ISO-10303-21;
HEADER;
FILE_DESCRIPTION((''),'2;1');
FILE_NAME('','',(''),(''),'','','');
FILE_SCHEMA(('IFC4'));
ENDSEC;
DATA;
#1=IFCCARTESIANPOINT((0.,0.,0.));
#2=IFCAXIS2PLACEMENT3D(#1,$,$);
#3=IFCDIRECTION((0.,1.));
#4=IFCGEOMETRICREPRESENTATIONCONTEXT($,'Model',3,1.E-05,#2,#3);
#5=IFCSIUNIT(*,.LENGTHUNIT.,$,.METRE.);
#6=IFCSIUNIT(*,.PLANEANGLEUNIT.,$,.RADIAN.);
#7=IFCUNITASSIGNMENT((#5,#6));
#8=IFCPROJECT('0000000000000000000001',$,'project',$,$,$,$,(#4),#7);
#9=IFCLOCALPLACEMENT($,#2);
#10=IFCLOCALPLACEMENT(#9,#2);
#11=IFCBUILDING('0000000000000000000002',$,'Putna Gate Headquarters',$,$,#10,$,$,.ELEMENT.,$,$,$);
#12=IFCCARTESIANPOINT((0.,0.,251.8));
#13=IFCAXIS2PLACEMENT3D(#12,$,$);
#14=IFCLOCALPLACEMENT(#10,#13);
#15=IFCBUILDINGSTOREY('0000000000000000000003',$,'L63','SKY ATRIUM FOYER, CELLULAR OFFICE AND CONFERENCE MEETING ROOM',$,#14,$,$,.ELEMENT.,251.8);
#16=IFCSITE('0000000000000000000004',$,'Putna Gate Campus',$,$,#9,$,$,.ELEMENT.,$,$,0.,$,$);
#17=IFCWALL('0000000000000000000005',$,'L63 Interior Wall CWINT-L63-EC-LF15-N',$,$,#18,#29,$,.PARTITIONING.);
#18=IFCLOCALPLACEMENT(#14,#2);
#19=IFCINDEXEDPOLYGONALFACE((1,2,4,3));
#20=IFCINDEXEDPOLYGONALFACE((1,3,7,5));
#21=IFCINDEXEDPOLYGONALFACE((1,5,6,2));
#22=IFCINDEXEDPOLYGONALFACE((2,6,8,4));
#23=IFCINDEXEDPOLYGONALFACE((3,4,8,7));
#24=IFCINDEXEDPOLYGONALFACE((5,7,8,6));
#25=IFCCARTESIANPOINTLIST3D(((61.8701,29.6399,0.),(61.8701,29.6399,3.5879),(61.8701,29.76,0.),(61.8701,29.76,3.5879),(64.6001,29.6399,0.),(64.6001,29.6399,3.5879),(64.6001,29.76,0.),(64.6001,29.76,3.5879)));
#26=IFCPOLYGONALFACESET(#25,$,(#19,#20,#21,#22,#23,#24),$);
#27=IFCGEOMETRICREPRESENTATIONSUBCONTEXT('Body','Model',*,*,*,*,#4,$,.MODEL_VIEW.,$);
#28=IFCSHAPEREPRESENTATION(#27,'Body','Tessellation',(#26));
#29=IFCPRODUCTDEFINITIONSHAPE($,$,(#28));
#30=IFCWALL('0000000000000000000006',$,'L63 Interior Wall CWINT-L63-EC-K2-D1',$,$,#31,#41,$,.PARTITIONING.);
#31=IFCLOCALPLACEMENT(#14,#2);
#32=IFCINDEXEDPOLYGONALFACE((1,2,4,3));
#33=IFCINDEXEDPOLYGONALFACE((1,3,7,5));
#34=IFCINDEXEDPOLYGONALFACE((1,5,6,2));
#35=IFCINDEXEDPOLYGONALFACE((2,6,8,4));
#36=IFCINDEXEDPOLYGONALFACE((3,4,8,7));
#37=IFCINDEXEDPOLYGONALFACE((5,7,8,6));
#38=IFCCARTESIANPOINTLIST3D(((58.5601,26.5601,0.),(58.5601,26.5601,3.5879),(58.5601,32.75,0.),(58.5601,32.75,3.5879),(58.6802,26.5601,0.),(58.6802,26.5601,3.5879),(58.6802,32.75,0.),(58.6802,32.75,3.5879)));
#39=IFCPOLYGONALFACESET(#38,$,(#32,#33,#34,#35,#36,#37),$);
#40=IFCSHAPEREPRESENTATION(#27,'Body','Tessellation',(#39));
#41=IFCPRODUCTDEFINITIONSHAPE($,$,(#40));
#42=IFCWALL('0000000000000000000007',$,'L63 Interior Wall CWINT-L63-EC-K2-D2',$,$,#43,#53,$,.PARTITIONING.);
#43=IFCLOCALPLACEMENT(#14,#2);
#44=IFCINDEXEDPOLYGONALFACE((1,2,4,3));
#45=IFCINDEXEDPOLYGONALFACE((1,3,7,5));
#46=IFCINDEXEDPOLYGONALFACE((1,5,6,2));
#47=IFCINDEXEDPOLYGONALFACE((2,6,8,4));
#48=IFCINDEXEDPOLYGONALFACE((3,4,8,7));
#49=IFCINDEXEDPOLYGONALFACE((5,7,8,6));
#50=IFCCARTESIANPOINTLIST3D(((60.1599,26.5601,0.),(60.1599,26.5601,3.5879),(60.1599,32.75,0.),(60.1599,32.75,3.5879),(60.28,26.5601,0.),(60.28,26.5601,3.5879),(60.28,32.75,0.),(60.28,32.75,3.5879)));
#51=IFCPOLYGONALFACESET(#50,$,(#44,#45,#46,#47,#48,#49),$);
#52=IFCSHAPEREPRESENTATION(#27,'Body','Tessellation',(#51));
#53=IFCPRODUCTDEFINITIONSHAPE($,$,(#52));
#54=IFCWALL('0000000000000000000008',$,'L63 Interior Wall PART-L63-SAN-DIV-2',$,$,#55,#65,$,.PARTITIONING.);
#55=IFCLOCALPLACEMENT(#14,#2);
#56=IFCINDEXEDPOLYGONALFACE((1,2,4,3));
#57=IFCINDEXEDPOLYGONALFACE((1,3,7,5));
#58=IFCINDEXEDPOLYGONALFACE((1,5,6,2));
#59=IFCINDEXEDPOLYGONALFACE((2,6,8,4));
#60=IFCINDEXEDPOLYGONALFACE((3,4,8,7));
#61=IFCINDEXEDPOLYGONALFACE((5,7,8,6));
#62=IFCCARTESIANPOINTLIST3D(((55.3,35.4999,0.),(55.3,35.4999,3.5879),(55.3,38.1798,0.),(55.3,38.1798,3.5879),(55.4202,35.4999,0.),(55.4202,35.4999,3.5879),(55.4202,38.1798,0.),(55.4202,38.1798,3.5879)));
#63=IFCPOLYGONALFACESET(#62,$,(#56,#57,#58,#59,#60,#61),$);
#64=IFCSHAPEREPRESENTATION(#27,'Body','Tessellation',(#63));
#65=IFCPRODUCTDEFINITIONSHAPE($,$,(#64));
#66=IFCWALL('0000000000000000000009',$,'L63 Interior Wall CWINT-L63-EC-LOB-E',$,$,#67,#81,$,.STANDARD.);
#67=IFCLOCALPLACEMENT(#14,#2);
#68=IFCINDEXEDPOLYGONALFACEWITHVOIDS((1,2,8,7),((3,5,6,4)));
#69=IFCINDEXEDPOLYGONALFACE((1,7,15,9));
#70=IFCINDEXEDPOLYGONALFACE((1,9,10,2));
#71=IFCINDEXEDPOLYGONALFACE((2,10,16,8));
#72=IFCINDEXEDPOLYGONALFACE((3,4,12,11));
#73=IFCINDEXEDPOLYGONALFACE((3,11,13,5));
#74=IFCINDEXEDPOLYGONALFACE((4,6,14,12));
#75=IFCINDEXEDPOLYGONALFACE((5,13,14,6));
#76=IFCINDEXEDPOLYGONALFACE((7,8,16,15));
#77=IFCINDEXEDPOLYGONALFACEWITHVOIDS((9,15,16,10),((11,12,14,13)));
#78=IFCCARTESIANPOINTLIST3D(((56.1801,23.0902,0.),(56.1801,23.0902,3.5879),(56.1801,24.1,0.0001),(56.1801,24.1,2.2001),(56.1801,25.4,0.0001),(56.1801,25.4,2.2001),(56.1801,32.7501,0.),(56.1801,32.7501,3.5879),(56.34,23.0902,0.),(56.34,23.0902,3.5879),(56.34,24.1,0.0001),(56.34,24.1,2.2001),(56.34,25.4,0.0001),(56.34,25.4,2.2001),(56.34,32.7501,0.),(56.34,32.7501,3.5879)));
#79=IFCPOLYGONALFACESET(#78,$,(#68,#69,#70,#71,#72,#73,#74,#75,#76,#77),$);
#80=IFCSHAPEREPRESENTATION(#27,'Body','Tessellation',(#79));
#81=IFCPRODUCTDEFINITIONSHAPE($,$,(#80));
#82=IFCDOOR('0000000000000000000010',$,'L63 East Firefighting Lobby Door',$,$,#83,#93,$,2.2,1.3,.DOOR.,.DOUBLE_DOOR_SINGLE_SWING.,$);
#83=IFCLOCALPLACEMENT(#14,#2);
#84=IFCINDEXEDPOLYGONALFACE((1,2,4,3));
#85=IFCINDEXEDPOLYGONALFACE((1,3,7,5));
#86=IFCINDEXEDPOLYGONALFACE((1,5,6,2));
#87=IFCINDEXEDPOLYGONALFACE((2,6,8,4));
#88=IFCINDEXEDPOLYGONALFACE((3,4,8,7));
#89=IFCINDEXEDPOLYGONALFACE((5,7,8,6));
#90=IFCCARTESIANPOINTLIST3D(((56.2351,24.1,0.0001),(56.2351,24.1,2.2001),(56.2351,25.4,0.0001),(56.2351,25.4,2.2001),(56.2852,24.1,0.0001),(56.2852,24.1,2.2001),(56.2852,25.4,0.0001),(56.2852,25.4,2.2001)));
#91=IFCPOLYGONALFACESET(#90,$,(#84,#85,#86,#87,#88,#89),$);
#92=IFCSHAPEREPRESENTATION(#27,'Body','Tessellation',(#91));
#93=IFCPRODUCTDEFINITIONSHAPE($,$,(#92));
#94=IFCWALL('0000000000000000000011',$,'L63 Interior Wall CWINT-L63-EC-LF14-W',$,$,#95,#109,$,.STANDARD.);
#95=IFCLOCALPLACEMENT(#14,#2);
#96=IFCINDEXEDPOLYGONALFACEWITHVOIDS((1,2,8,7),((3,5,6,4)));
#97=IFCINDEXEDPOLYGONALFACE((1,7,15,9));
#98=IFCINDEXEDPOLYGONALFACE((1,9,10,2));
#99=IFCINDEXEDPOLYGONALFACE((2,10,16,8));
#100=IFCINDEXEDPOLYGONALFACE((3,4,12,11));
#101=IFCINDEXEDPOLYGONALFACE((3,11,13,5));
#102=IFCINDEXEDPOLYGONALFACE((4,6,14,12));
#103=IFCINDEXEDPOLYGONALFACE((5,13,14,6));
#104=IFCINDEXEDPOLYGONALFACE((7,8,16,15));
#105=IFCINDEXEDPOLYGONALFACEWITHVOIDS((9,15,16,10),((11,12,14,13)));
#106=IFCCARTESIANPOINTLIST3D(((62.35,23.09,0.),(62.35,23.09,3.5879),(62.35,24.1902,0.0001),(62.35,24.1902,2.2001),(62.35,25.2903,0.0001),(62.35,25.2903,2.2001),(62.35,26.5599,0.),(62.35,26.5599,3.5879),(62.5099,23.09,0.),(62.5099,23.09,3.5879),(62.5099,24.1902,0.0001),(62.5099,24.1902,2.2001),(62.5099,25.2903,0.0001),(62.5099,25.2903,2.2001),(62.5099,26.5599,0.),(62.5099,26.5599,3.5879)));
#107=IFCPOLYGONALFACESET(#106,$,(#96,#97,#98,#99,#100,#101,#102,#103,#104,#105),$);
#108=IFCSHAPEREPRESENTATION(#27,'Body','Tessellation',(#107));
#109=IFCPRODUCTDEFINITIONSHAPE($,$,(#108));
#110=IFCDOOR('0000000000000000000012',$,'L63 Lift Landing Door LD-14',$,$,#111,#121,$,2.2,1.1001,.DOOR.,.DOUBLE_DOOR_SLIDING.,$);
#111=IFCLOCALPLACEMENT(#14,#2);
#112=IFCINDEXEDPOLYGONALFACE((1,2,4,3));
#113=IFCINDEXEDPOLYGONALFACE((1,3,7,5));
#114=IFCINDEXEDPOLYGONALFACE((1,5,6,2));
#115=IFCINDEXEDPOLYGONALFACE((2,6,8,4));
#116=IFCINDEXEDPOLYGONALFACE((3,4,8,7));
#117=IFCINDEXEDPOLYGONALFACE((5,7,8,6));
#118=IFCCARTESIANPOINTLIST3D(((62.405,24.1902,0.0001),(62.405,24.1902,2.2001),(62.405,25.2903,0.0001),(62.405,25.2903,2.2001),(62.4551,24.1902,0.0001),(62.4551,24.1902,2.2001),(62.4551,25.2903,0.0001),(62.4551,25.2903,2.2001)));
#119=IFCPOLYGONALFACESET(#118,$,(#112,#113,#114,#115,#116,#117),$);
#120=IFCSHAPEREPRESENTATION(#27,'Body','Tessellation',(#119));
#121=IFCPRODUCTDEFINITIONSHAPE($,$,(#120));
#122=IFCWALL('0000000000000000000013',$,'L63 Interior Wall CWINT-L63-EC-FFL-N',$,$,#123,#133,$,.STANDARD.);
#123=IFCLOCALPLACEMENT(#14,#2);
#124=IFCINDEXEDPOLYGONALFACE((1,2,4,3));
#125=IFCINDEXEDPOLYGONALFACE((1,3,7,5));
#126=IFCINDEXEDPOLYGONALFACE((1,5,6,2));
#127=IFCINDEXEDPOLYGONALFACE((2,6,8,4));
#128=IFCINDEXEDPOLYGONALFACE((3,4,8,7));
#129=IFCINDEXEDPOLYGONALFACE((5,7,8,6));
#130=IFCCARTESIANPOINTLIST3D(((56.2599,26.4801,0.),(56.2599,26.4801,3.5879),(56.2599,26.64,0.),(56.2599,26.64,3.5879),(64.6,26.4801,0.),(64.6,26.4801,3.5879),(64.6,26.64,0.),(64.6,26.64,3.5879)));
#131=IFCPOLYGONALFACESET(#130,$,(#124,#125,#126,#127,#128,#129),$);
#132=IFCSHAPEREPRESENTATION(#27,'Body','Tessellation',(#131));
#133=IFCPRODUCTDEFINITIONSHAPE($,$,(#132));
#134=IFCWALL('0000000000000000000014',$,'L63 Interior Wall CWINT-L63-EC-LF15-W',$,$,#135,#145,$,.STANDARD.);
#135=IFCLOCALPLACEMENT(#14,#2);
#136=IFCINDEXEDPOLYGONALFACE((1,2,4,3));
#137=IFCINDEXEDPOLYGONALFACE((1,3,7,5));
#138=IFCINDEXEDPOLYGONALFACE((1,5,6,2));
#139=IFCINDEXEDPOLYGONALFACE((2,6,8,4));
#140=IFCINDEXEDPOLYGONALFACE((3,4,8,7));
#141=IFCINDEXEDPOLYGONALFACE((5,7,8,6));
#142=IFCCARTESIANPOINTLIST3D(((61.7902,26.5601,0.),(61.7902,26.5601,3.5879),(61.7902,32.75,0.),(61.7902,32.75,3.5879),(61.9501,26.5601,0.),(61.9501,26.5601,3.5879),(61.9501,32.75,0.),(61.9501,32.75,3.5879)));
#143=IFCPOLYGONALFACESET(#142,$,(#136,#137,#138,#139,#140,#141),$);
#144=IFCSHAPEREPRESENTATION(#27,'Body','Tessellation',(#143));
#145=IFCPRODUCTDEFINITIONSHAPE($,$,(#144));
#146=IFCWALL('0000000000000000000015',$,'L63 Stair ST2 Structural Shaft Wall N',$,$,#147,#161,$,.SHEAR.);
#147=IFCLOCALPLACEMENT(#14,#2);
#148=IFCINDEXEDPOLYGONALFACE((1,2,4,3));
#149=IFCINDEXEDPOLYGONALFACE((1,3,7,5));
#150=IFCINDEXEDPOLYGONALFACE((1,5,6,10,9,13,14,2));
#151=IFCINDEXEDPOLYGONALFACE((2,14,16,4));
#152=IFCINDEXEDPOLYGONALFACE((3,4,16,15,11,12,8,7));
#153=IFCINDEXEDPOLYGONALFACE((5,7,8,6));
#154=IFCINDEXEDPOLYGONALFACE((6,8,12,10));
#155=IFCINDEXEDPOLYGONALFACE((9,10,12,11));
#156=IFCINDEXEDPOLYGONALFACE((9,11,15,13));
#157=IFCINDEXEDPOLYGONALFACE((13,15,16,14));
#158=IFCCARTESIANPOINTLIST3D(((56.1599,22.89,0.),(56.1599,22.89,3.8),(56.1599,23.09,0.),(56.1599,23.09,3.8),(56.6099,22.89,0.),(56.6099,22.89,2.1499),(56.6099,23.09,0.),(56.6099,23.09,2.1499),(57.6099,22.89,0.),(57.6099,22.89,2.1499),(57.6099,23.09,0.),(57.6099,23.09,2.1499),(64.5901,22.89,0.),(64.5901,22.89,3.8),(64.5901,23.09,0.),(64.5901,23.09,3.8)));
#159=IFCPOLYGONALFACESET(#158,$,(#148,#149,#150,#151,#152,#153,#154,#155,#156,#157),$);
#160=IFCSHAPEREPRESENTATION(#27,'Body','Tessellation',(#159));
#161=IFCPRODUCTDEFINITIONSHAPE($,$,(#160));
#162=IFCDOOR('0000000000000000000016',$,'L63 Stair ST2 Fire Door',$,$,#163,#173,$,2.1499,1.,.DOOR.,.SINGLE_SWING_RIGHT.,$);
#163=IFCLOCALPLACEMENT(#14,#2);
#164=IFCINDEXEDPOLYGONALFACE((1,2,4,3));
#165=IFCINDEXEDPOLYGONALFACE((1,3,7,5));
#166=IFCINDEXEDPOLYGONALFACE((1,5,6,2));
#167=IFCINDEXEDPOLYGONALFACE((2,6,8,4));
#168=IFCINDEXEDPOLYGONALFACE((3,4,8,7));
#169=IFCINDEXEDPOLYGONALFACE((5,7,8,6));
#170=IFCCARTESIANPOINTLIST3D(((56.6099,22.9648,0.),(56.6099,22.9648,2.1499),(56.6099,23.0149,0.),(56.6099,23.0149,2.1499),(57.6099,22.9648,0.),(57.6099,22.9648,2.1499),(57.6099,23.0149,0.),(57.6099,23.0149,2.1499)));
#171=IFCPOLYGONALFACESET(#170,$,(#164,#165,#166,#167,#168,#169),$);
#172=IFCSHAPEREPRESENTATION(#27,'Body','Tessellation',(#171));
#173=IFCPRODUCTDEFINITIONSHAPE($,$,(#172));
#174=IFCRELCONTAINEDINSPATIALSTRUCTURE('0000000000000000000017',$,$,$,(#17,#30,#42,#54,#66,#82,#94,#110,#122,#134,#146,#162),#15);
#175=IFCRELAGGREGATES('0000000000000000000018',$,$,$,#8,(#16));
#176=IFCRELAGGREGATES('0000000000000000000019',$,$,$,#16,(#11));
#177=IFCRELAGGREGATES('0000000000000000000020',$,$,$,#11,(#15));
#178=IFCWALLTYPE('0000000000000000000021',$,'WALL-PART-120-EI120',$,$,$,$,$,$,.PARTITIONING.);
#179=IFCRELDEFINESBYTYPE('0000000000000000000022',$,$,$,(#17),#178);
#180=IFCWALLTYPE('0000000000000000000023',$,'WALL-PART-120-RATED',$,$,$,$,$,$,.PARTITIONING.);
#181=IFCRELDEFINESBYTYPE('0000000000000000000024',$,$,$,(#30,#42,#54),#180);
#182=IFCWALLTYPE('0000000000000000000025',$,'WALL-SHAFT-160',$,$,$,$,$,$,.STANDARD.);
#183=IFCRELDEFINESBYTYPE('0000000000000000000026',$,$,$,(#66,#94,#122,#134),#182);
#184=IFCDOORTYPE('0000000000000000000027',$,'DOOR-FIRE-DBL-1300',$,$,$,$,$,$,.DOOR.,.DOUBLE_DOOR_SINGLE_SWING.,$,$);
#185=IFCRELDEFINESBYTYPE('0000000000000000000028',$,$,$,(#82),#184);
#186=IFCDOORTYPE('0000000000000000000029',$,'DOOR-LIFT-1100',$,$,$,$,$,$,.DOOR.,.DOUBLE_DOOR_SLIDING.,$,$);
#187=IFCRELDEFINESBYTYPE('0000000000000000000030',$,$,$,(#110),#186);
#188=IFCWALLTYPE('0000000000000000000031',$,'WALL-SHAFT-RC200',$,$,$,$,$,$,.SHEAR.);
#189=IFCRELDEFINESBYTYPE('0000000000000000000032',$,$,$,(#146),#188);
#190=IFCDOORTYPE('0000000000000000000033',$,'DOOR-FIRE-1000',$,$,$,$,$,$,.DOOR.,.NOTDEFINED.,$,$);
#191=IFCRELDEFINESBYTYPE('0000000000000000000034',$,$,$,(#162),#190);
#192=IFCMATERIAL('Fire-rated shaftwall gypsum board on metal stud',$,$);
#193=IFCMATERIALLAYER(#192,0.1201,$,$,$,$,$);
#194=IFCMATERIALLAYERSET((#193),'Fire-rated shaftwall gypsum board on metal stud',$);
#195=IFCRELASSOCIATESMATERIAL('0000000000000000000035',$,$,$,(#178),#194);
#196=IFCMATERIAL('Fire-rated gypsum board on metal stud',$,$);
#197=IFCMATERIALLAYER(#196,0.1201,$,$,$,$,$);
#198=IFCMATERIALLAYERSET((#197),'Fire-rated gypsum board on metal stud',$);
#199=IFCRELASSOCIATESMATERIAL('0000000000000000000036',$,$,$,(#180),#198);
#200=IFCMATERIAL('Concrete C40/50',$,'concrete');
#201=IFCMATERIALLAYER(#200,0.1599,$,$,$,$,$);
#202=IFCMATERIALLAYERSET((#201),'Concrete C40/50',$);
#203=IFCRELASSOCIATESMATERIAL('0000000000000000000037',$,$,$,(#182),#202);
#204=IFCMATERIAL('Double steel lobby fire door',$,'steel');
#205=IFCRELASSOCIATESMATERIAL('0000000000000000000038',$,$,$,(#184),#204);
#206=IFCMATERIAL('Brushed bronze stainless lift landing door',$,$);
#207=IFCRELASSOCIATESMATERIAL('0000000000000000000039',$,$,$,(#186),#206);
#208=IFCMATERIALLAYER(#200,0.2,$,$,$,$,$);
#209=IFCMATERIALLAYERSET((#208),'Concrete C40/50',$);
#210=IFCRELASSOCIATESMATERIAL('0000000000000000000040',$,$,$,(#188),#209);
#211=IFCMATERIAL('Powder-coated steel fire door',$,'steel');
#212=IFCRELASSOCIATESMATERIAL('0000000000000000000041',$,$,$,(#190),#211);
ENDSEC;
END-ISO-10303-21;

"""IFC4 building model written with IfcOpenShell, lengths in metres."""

from ifc_helpers import new_model, si_unit, direction, frame, frame_2d, origin, place, context, subcontext, project, spatial, rectangle, extrude, material, layer, layer_set, type_object, element, fill, save


model = new_model("IFC4")

# Units and contexts
model_context = context("Model", 3, precision=1e-05, world=origin(), true_north=direction((0.0, 1.0)))
body_context = subcontext(model_context, "Body", "Model", "MODEL_VIEW")
ifc_project = project(units=[si_unit("LENGTHUNIT", "METRE"), si_unit("PLANEANGLEUNIT", "RADIAN")], contexts=[model_context])

# Site, building, storey
site_placement = place(None, origin())
site = spatial("IfcSite", under=ifc_project, at=site_placement, Name="Putna Gate Campus", CompositionType="ELEMENT", RefElevation=0.0)
building_placement = place(site_placement, origin())
building = spatial("IfcBuilding", under=site, at=building_placement, Name="Putna Gate Headquarters", CompositionType="ELEMENT")
storey_placement = place(building_placement, frame((0.0, 0.0, 251.8)))
storey = spatial("IfcBuildingStorey", under=building, at=storey_placement, Name="L63", Description="SKY ATRIUM FOYER, CELLULAR OFFICE AND CONFERENCE MEETING ROOM", CompositionType="ELEMENT", Elevation=251.8)

# Walls
ifc_material_1 = material(Name="Fire-rated shaftwall gypsum board on metal stud")
ifc_layer_1 = layer(ifc_material_1, 0.1201)
ifc_layer_set_1 = layer_set([ifc_layer_1], Name="Fire-rated shaftwall gypsum board on metal stud")
wall_type_1 = type_object("IfcWallType", Name="WALL-PART-120-EI120", PredefinedType="PARTITIONING", material=ifc_layer_set_1)
wall_1_placement = place(storey_placement, frame((61.8701, 29.7, 0.0), z_axis=(0.0, 0.0, 1.0), x_axis=(1.0, 0.0, 0.0)))
element("IfcWall", 1, at=wall_1_placement, inside=storey, type_object=wall_type_1, Name="L63 Interior Wall CWINT-L63-EC-LF15-N", PredefinedType="PARTITIONING", context=body_context, shape_type="SweptSolid", body=[
    extrude(rectangle(XDim=2.73, YDim=0.1201, at=frame_2d((1.365, 0.0))), origin(), (0.0, 0.0, 1.0), 3.5879),
])
ifc_material_2 = material(Name="Fire-rated gypsum board on metal stud")
ifc_layer_2 = layer(ifc_material_2, 0.1201)
ifc_layer_set_2 = layer_set([ifc_layer_2], Name="Fire-rated gypsum board on metal stud")
wall_type_2 = type_object("IfcWallType", Name="WALL-PART-120-RATED", PredefinedType="PARTITIONING", material=ifc_layer_set_2)
for number, where, z_axis, x_axis, name in (
    (2, (58.6201, 26.5601, 0.0), (0.0, 0.0, 1.0), (0.0, 1.0, 0.0), "L63 Interior Wall CWINT-L63-EC-K2-D1"),
    (3, (60.22, 26.5601, 0.0), (0.0, 0.0, 1.0), (0.0, 1.0, 0.0), "L63 Interior Wall CWINT-L63-EC-K2-D2"),
):
    element("IfcWall", number, at=place(storey_placement, frame(where, z_axis=z_axis, x_axis=x_axis)), inside=storey, type_object=wall_type_2, Name=name, PredefinedType="PARTITIONING", context=body_context, shape_type="SweptSolid", body=[
        extrude(rectangle(XDim=6.1899, YDim=0.1201, at=frame_2d((3.095, 0.0))), origin(), (0.0, 0.0, 1.0), 3.5879),
    ])
wall_2_placement = place(storey_placement, frame((55.3601, 35.5, 0.0), z_axis=(0.0, 0.0, 1.0), x_axis=(0.0, 1.0, 0.0)))
element("IfcWall", 4, at=wall_2_placement, inside=storey, type_object=wall_type_2, Name="L63 Interior Wall PART-L63-SAN-DIV-2", PredefinedType="PARTITIONING", context=body_context, shape_type="SweptSolid", body=[
    extrude(rectangle(XDim=2.6799, YDim=0.1201, at=frame_2d((1.3398, 0.0))), origin(), (0.0, 0.0, 1.0), 3.5879),
])

# Walls, openings, doors
ifc_material_3 = material(Name="Concrete C40/50", Category="concrete")
ifc_layer_3 = layer(ifc_material_3, 0.1599)
ifc_layer_set_3 = layer_set([ifc_layer_3], Name="Concrete C40/50")
wall_type_3 = type_object("IfcWallType", Name="WALL-SHAFT-160", PredefinedType="STANDARD", material=ifc_layer_set_3)
wall_3_placement = place(storey_placement, frame((56.26, 23.0901, 0.0), z_axis=(0.0, 0.0, 1.0), x_axis=(0.0, 1.0, 0.0)))
wall_3 = element("IfcWall", 5, at=wall_3_placement, inside=storey, type_object=wall_type_3, Name="L63 Interior Wall CWINT-L63-EC-LOB-E", PredefinedType="STANDARD", context=body_context, shape_type="SweptSolid", body=[
    extrude(rectangle(XDim=9.6599, YDim=0.1599, at=frame_2d((4.8301, 0.0))), origin(), (0.0, 0.0, 1.0), 3.5879),
])
opening_1_placement = place(wall_3_placement, frame((1.01, 0.0, 0.0)))
opening_1 = element("IfcOpeningElement", 6, at=opening_1_placement, cuts=wall_3, PredefinedType="OPENING", context=body_context, shape_type="SweptSolid", body=[
    extrude(rectangle(XDim=1.3, YDim=2.2, at=frame_2d((0.6499, 1.1001))), frame((0.0, 0.0898, 0.0), z_axis=(0.0, -1.0, 0.0), x_axis=(1.0, 0.0, 0.0)), (0.0, 0.0, 1.0), 0.1799),
])
ifc_material_4 = material(Name="Double steel lobby fire door", Category="steel")
door_type_1 = type_object("IfcDoorType", Name="DOOR-FIRE-DBL-1300", OperationType="DOUBLE_DOOR_SINGLE_SWING", PredefinedType="DOOR", material=ifc_material_4)
door_1_placement = place(opening_1_placement, origin())
door_1 = element("IfcDoor", 7, at=door_1_placement, inside=storey, type_object=door_type_1, Name="L63 East Firefighting Lobby Door", OperationType="DOUBLE_DOOR_SINGLE_SWING", OverallHeight=2.2, OverallWidth=1.3, PredefinedType="DOOR", context=body_context, shape_type="SweptSolid", body=[
    extrude(rectangle(XDim=1.3, YDim=2.2, at=frame_2d((0.6499, 1.1001))), frame((0.0, 0.0249, 0.0), z_axis=(0.0, -1.0, 0.0), x_axis=(1.0, 0.0, 0.0)), (0.0, 0.0, 1.0), 0.05),
])
fill(opening_1, door_1)
wall_4_placement = place(storey_placement, frame((62.4299, 23.0901, 0.0), z_axis=(0.0, 0.0, 1.0), x_axis=(0.0, 1.0, 0.0)))
wall_4 = element("IfcWall", 8, at=wall_4_placement, inside=storey, type_object=wall_type_3, Name="L63 Interior Wall CWINT-L63-EC-LF14-W", PredefinedType="STANDARD", context=body_context, shape_type="SweptSolid", body=[
    extrude(rectangle(XDim=3.47, YDim=0.1599, at=frame_2d((1.7349, 0.0))), origin(), (0.0, 0.0, 1.0), 3.5879),
])
opening_2_placement = place(wall_4_placement, frame((1.1001, 0.0, 0.0)))
opening_2 = element("IfcOpeningElement", 9, at=opening_2_placement, cuts=wall_4, PredefinedType="OPENING", context=body_context, shape_type="SweptSolid", body=[
    extrude(rectangle(XDim=1.1001, YDim=2.2, at=frame_2d((0.55, 1.1001))), frame((0.0, 0.0898, 0.0), z_axis=(0.0, -1.0, 0.0), x_axis=(1.0, 0.0, 0.0)), (0.0, 0.0, 1.0), 0.1799),
])
ifc_material_5 = material(Name="Brushed bronze stainless lift landing door")
door_type_2 = type_object("IfcDoorType", Name="DOOR-LIFT-1100", OperationType="DOUBLE_DOOR_SLIDING", PredefinedType="DOOR", material=ifc_material_5)
door_2_placement = place(opening_2_placement, origin())
door_2 = element("IfcDoor", 10, at=door_2_placement, inside=storey, type_object=door_type_2, Name="L63 Lift Landing Door LD-14", OperationType="DOUBLE_DOOR_SLIDING", OverallHeight=2.2, OverallWidth=1.1001, PredefinedType="DOOR", context=body_context, shape_type="SweptSolid", body=[
    extrude(rectangle(XDim=1.1001, YDim=2.2, at=frame_2d((0.55, 1.1001))), frame((0.0, 0.0249, 0.0), z_axis=(0.0, -1.0, 0.0), x_axis=(1.0, 0.0, 0.0)), (0.0, 0.0, 1.0), 0.05),
])
fill(opening_2, door_2)

# Walls
wall_5_placement = place(storey_placement, frame((56.26, 26.5601, 0.0), z_axis=(0.0, 0.0, 1.0), x_axis=(1.0, 0.0, 0.0)))
element("IfcWall", 11, at=wall_5_placement, inside=storey, type_object=wall_type_3, Name="L63 Interior Wall CWINT-L63-EC-FFL-N", PredefinedType="STANDARD", context=body_context, shape_type="SweptSolid", body=[
    extrude(rectangle(XDim=8.3401, YDim=0.1599, at=frame_2d((4.1699, 0.0))), origin(), (0.0, 0.0, 1.0), 3.5879),
])
wall_6_placement = place(storey_placement, frame((61.8701, 26.5601, 0.0), z_axis=(0.0, 0.0, 1.0), x_axis=(0.0, 1.0, 0.0)))
element("IfcWall", 12, at=wall_6_placement, inside=storey, type_object=wall_type_3, Name="L63 Interior Wall CWINT-L63-EC-LF15-W", PredefinedType="STANDARD", context=body_context, shape_type="SweptSolid", body=[
    extrude(rectangle(XDim=6.1899, YDim=0.1599, at=frame_2d((3.095, 0.0))), origin(), (0.0, 0.0, 1.0), 3.5879),
])

# Wall, opening, door
ifc_layer_4 = layer(ifc_material_3, 0.2)
ifc_layer_set_4 = layer_set([ifc_layer_4], Name="Concrete C40/50")
wall_type_4 = type_object("IfcWallType", Name="WALL-SHAFT-RC200", PredefinedType="SHEAR", material=ifc_layer_set_4)
wall_7_placement = place(storey_placement, frame((56.1599, 22.99, 0.0), z_axis=(0.0, 0.0, 1.0), x_axis=(1.0, 0.0, 0.0)))
wall_7 = element("IfcWall", 13, at=wall_7_placement, inside=storey, type_object=wall_type_4, Name="L63 Stair ST2 Structural Shaft Wall N", PredefinedType="SHEAR", context=body_context, shape_type="SweptSolid", body=[
    extrude(rectangle(XDim=8.4302, YDim=0.2, at=frame_2d((4.2151, 0.0))), origin(), (0.0, 0.0, 1.0), 3.8),
])
opening_3_placement = place(wall_7_placement, frame((0.45, 0.0, 0.0)))
opening_3 = element("IfcOpeningElement", 14, at=opening_3_placement, cuts=wall_7, PredefinedType="OPENING", context=body_context, shape_type="SweptSolid", body=[
    extrude(rectangle(XDim=1.0, YDim=2.1499, at=frame_2d((0.5, 1.075))), frame((0.0, 0.1099, 0.0), z_axis=(0.0, -1.0, 0.0), x_axis=(1.0, 0.0, 0.0)), (0.0, 0.0, 1.0), 0.22),
])
ifc_material_6 = material(Name="Powder-coated steel fire door", Category="steel")
door_type_3 = type_object("IfcDoorType", Name="DOOR-FIRE-1000", OperationType="NOTDEFINED", PredefinedType="DOOR", material=ifc_material_6)
door_3_placement = place(opening_3_placement, origin())
door_3 = element("IfcDoor", 15, at=door_3_placement, inside=storey, type_object=door_type_3, Name="L63 Stair ST2 Fire Door", OperationType="SINGLE_SWING_RIGHT", OverallHeight=2.1499, OverallWidth=1.0, PredefinedType="DOOR", context=body_context, shape_type="SweptSolid", body=[
    extrude(rectangle(XDim=1.0, YDim=2.1499, at=frame_2d((0.5, 1.075))), frame((0.0, 0.0249, 0.0), z_axis=(0.0, -1.0, 0.0), x_axis=(1.0, 0.0, 0.0)), (0.0, 0.0, 1.0), 0.05),
])
fill(opening_3, door_3)

save(model, "model.ifc")
